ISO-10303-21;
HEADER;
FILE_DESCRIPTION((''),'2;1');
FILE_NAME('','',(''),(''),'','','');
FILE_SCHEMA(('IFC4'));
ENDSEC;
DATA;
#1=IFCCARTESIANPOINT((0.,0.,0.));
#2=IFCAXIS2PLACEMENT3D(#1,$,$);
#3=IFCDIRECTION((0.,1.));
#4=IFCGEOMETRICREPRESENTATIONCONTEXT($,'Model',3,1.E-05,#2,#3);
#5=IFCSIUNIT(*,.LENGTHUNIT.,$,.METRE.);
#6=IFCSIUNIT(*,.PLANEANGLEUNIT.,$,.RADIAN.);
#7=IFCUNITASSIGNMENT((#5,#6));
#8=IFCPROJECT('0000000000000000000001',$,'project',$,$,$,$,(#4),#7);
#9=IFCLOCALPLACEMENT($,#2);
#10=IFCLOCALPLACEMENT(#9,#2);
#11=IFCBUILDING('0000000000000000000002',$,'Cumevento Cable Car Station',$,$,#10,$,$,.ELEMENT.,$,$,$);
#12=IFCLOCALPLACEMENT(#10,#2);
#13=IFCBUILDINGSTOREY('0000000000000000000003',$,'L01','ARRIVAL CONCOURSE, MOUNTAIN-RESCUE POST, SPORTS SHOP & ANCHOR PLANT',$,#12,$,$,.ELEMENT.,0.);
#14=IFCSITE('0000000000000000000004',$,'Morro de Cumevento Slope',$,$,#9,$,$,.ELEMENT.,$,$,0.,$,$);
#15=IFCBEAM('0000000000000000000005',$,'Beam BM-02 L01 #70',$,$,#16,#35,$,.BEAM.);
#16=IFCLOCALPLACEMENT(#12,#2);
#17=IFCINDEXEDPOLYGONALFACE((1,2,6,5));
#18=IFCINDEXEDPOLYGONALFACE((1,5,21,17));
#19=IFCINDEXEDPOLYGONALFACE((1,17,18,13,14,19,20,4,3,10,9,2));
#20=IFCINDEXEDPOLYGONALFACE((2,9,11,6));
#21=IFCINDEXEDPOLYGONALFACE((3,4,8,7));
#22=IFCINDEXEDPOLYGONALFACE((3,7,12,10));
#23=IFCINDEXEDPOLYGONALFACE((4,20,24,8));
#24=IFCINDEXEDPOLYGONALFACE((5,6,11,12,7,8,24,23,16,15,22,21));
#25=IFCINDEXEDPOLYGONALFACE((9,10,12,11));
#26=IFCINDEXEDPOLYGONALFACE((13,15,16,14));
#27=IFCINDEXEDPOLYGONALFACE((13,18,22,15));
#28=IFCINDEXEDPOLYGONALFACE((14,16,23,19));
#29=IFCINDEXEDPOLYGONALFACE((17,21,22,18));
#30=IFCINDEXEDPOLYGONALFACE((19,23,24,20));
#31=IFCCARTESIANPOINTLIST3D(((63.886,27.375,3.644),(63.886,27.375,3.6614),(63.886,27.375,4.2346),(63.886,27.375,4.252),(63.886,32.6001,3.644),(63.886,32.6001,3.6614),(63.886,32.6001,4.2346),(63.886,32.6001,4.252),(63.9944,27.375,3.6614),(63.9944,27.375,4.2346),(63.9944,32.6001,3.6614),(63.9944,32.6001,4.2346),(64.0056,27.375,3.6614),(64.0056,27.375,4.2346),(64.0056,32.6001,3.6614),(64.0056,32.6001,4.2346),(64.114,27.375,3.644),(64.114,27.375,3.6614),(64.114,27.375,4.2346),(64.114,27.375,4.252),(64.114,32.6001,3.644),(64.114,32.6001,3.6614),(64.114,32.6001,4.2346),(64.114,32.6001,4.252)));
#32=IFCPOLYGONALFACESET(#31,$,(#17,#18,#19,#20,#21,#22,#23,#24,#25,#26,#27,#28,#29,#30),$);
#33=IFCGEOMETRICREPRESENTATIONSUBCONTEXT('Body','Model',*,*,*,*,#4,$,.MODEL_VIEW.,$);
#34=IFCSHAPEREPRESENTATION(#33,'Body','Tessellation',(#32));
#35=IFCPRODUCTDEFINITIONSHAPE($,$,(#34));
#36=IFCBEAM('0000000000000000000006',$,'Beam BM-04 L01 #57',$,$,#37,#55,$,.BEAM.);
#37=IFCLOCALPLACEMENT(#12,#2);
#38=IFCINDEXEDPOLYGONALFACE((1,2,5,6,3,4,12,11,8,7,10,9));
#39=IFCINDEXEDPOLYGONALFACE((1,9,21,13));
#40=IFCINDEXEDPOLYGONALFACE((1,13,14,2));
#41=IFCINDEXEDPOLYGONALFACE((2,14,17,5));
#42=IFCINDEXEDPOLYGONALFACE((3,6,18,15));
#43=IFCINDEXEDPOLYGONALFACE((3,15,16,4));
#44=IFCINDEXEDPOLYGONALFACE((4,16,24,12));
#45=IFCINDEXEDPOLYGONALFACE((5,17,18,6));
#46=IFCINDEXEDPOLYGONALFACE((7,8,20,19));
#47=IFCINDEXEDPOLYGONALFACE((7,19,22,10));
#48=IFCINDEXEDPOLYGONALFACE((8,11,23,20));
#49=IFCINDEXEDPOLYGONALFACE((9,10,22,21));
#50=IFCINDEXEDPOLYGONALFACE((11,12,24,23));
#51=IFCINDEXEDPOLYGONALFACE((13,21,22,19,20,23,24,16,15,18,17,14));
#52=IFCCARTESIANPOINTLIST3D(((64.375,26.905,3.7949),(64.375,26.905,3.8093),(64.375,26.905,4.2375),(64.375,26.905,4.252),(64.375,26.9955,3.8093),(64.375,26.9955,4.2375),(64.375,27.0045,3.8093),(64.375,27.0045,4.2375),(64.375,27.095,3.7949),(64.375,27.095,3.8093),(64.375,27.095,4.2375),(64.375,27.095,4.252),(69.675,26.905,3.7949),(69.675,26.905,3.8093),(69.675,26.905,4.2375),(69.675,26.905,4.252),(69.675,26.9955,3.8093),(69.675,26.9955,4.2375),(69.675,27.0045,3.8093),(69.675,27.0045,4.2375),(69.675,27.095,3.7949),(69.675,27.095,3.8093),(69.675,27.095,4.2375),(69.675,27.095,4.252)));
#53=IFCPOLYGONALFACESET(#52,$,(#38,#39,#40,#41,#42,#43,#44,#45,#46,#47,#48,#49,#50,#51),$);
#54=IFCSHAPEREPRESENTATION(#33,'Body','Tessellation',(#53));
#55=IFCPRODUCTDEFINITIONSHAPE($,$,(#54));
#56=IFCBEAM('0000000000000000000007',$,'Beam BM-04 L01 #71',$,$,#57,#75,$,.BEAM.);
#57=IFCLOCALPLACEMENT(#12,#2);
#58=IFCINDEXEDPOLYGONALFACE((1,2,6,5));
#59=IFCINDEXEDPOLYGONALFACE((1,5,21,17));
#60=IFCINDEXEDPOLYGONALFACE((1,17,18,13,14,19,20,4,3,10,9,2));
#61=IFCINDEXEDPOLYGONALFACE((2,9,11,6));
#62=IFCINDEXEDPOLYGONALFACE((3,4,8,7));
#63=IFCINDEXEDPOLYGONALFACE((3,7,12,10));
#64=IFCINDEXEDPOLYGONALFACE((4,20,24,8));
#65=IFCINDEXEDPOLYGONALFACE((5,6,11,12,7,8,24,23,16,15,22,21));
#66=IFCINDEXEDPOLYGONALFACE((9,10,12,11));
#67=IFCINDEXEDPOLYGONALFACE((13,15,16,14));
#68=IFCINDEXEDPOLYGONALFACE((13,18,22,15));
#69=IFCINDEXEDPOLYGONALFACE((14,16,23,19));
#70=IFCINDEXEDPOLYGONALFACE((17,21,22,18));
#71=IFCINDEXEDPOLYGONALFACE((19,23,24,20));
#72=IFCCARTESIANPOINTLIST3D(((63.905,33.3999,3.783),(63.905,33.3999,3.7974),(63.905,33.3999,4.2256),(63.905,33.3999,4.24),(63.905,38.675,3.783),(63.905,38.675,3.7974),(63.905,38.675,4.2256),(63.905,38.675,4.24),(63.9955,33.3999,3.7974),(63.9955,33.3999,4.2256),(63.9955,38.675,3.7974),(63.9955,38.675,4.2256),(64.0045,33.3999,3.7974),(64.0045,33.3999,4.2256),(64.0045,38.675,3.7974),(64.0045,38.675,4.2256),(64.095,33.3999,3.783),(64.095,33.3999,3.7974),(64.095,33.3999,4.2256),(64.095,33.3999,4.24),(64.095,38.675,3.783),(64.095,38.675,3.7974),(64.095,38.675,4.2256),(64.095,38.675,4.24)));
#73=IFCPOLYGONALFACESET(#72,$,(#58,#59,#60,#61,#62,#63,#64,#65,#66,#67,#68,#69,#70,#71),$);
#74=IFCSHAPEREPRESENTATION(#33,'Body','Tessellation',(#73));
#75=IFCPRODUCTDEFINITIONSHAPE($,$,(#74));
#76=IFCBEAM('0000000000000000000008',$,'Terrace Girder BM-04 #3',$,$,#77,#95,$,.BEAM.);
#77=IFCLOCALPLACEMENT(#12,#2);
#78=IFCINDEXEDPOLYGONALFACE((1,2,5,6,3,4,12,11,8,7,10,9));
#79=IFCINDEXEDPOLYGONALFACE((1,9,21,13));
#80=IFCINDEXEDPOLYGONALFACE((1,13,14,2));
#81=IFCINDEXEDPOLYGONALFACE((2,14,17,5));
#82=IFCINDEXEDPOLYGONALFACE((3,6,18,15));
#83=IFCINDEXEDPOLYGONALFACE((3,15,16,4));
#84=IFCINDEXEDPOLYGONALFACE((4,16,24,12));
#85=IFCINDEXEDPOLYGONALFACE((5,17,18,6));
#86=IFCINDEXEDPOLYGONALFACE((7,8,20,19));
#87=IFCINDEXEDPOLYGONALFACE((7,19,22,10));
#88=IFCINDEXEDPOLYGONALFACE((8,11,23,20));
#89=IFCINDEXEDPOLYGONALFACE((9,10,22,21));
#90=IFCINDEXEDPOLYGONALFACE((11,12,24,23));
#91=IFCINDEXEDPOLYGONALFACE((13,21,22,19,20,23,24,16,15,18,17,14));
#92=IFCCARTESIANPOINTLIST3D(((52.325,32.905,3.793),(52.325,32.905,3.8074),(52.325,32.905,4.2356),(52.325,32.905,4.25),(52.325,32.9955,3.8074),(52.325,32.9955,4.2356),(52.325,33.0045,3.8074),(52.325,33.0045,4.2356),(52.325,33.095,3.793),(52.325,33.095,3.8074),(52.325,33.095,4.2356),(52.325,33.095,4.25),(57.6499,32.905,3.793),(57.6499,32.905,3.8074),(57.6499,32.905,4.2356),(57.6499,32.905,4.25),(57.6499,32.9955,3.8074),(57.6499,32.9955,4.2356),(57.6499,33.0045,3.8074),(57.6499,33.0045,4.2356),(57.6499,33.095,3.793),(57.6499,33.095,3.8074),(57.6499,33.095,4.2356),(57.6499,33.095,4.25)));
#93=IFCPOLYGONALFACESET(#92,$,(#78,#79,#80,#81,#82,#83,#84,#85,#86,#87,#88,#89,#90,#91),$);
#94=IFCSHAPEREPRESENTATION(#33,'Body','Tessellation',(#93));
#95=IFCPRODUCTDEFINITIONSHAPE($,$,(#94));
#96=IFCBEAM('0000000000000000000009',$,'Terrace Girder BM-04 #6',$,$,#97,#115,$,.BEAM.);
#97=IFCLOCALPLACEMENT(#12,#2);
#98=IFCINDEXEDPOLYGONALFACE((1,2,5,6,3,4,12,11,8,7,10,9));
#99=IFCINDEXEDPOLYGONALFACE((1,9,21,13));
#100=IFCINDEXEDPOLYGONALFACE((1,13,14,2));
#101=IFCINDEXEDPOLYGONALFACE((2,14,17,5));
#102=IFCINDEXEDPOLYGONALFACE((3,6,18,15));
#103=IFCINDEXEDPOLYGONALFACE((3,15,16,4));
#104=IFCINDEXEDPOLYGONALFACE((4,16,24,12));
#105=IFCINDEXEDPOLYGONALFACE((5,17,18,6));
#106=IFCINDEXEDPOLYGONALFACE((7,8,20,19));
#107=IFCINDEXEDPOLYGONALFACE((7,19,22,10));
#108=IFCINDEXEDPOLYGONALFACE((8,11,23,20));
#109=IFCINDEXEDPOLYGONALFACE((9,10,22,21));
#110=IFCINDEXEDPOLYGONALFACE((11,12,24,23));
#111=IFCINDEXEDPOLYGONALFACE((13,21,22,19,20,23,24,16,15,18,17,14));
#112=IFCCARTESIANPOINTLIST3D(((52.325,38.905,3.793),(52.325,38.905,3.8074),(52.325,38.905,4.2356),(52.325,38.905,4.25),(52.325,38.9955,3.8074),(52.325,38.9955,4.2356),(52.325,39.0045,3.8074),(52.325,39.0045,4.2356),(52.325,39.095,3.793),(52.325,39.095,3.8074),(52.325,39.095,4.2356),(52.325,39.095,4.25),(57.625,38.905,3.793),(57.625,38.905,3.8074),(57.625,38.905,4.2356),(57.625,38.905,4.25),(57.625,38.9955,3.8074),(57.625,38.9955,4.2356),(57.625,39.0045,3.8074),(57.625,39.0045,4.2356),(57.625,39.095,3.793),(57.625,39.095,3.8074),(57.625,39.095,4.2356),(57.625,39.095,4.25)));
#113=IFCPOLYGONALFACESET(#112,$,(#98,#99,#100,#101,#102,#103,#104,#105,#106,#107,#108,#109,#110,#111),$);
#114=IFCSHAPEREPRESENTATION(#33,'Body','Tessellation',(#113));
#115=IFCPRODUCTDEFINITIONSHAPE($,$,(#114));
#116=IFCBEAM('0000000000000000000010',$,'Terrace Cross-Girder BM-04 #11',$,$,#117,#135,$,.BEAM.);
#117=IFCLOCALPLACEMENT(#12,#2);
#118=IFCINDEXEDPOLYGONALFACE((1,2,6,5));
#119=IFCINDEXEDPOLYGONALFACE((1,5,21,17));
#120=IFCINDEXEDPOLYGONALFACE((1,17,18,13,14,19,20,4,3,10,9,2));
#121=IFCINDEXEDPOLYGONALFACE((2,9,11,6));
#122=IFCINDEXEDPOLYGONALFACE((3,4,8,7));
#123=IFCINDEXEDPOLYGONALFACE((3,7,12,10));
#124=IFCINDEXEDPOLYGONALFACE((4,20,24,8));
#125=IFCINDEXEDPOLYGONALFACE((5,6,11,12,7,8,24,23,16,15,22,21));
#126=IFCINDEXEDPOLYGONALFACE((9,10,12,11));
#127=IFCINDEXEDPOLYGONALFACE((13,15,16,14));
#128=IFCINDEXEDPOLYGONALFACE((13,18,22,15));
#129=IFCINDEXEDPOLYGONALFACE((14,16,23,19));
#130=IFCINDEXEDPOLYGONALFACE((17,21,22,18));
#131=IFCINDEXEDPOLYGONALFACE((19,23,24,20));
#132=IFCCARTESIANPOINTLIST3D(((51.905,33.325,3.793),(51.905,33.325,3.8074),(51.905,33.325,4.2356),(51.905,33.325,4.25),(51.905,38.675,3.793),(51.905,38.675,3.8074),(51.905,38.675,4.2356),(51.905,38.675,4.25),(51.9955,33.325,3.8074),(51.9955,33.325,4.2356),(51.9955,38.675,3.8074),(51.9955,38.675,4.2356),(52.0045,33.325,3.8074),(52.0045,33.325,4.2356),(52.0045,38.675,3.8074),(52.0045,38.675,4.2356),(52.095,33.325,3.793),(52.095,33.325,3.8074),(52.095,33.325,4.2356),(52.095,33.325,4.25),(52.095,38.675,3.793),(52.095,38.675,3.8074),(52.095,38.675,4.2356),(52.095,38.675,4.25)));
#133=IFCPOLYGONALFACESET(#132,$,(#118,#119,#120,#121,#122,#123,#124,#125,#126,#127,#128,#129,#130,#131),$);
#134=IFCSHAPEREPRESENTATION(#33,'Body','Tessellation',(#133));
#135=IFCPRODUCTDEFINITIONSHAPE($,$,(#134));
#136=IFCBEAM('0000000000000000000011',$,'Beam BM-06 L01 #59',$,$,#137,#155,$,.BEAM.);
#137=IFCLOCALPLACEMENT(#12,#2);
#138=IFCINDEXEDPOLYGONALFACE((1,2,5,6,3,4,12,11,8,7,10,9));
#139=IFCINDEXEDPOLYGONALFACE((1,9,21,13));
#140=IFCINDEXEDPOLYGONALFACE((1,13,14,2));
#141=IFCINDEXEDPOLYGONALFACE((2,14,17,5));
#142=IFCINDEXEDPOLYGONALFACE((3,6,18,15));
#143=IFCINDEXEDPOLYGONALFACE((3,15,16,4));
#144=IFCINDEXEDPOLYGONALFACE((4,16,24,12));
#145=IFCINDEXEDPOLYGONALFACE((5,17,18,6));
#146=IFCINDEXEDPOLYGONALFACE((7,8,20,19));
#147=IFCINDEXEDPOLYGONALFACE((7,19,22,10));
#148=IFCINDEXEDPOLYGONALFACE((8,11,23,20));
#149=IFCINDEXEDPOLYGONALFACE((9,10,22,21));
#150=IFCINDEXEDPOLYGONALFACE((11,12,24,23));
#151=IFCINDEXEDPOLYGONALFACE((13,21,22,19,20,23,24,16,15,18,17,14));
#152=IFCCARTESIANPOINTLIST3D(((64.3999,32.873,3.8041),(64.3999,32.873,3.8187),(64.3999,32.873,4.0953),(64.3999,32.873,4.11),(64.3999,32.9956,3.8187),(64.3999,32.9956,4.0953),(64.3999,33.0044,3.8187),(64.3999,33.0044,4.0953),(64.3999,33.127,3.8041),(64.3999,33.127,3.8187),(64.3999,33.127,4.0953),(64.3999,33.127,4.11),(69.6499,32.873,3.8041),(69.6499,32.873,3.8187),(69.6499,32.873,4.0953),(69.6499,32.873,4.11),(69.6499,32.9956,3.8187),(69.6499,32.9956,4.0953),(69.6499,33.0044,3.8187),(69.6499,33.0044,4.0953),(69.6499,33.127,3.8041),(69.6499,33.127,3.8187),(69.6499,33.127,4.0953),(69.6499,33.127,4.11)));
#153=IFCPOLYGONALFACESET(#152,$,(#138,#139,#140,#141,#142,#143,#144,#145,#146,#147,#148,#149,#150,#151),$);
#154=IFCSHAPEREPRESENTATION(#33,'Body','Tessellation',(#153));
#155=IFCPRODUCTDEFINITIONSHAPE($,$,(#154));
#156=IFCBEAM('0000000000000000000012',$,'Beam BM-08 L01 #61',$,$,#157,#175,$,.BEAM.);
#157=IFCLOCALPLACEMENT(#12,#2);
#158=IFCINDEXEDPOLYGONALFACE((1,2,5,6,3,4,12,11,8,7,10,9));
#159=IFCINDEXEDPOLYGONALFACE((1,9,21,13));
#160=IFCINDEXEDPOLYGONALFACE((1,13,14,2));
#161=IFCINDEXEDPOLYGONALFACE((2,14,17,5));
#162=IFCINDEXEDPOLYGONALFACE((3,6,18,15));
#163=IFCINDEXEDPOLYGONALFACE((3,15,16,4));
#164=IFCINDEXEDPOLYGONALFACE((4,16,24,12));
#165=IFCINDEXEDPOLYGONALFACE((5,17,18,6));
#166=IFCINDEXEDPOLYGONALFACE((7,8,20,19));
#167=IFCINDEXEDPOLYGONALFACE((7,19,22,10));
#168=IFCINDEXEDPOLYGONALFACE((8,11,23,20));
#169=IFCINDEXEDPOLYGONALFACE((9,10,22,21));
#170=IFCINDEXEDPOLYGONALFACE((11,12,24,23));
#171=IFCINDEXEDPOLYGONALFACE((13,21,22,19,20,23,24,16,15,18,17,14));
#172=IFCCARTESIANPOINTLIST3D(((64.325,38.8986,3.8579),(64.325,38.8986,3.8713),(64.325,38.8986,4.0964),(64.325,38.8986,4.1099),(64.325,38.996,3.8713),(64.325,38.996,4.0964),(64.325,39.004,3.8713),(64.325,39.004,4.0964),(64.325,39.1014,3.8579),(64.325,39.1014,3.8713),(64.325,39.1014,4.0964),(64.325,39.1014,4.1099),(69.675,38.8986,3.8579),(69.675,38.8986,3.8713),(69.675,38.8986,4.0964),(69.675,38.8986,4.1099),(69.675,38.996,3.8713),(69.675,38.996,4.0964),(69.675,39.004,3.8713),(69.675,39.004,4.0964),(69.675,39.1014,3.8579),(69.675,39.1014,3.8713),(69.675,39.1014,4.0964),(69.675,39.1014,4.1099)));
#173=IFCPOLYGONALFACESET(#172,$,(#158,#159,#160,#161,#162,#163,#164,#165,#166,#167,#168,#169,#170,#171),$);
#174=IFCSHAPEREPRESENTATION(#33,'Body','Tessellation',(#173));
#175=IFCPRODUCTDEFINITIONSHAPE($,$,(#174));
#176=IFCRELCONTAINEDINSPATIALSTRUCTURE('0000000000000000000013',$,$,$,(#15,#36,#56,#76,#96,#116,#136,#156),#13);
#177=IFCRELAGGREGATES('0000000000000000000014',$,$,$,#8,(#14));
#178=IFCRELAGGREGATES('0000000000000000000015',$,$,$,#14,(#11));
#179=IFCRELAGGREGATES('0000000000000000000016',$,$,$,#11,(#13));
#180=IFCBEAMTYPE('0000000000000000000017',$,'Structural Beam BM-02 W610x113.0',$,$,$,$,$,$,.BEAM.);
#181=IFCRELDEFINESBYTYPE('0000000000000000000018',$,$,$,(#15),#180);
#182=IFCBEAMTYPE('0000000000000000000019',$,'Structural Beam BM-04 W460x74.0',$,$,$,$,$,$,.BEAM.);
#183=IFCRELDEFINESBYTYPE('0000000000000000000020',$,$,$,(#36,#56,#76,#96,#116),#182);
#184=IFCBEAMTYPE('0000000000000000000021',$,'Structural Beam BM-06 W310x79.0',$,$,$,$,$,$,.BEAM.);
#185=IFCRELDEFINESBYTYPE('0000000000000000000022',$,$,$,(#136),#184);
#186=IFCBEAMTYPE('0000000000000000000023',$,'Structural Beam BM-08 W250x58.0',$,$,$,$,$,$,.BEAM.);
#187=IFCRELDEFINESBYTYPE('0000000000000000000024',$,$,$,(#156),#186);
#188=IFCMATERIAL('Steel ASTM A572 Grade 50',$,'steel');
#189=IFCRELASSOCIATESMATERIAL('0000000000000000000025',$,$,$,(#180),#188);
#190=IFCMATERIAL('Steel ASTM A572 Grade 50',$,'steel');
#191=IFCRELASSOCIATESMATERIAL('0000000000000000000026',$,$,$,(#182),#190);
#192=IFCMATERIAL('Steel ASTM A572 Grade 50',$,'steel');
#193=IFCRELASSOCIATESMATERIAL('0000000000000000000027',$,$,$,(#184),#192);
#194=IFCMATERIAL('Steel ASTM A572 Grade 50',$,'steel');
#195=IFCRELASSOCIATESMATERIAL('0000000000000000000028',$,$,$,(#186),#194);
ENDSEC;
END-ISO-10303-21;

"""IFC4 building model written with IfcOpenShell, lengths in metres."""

from ifc_helpers import new_model, si_unit, direction, frame, origin, origin_2d, place, context, subcontext, project, spatial, i_section, extrude, material, material_profile, profile_set, type_object, element, save


model = new_model("IFC4")

# Units and contexts
model_context = context("Model", 3, precision=1e-05, world=origin(), true_north=direction((0.0, 1.0)))
body_context = subcontext(model_context, "Body", "Model", "MODEL_VIEW")
ifc_project = project(units=[si_unit("LENGTHUNIT", "METRE"), si_unit("PLANEANGLEUNIT", "RADIAN")], contexts=[model_context])

# Site, building, storey
site_placement = place(None, origin())
site = spatial("IfcSite", under=ifc_project, at=site_placement, Name="Morro de Cumevento Slope", CompositionType="ELEMENT", RefElevation=0.0)
building_placement = place(site_placement, origin())
building = spatial("IfcBuilding", under=site, at=building_placement, Name="Cumevento Cable Car Station", CompositionType="ELEMENT")
storey_placement = place(building_placement, origin())
storey = spatial("IfcBuildingStorey", under=building, at=storey_placement, Name="L01", Description="ARRIVAL CONCOURSE, MOUNTAIN-RESCUE POST, SPORTS SHOP & ANCHOR PLANT", CompositionType="ELEMENT", Elevation=0.0)

# Beams
ifc_material_1 = material(Name="Steel ASTM A572 Grade 50", Category="steel")
ifc_material_profile_1 = material_profile(ifc_material_1, i_section(OverallWidth=0.228, OverallDepth=0.6079, WebThickness=0.0112, FlangeThickness=0.0173, at=origin_2d()), Name="W610x113.0")
ifc_profile_set_1 = profile_set([ifc_material_profile_1], Name="Steel ASTM A572 Grade 50")
beam_type_1 = type_object("IfcBeamType", Name="Structural Beam BM-02 W610x113.0", PredefinedType="BEAM", material=ifc_profile_set_1)
beam_1_placement = place(storey_placement, frame((64.0, 27.375, 3.948), z_axis=(0.0, 1.0, 0.0), x_axis=(-1.0, 0.0, 0.0)))
element("IfcBeam", 1, at=beam_1_placement, inside=storey, type_object=beam_type_1, Name="Beam BM-02 L01 #70", PredefinedType="BEAM", context=body_context, shape_type="SweptSolid", body=[
    extrude(i_section(OverallWidth=0.228, OverallDepth=0.6079, WebThickness=0.0112, FlangeThickness=0.0173, at=origin_2d()), origin(), (0.0, 0.0, 1.0), 5.2251),
])
ifc_material_2 = material(Name="Steel ASTM A572 Grade 50", Category="steel")
ifc_material_profile_2 = material_profile(ifc_material_2, i_section(OverallWidth=0.1899, OverallDepth=0.457, WebThickness=0.009, FlangeThickness=0.0144, at=origin_2d()), Name="W460x74.0")
ifc_profile_set_2 = profile_set([ifc_material_profile_2], Name="Steel ASTM A572 Grade 50")
beam_type_2 = type_object("IfcBeamType", Name="Structural Beam BM-04 W460x74.0", PredefinedType="BEAM", material=ifc_profile_set_2)
beam_2_placement = place(storey_placement, frame((64.375, 27.0, 4.0234), z_axis=(1.0, 0.0, 0.0), x_axis=(0.0, 1.0, 0.0)))
element("IfcBeam", 2, at=beam_2_placement, inside=storey, type_object=beam_type_2, Name="Beam BM-04 L01 #57", PredefinedType="BEAM", context=body_context, shape_type="SweptSolid", body=[
    extrude(i_section(OverallWidth=0.1899, OverallDepth=0.457, WebThickness=0.009, FlangeThickness=0.0144, at=origin_2d()), origin(), (0.0, 0.0, 1.0), 5.3),
])
beam_3_placement = place(storey_placement, frame((64.0, 33.3999, 4.0115), z_axis=(0.0, 1.0, 0.0), x_axis=(-1.0, 0.0, 0.0)))
element("IfcBeam", 3, at=beam_3_placement, inside=storey, type_object=beam_type_2, Name="Beam BM-04 L01 #71", PredefinedType="BEAM", context=body_context, shape_type="SweptSolid", body=[
    extrude(i_section(OverallWidth=0.1899, OverallDepth=0.457, WebThickness=0.009, FlangeThickness=0.0144, at=origin_2d()), origin(), (0.0, 0.0, 1.0), 5.2751),
])
beam_4_placement = place(storey_placement, frame((52.325, 33.0, 4.0215), z_axis=(1.0, 0.0, 0.0), x_axis=(0.0, 1.0, 0.0)))
element("IfcBeam", 4, at=beam_4_placement, inside=storey, type_object=beam_type_2, Name="Terrace Girder BM-04 #3", PredefinedType="BEAM", context=body_context, shape_type="SweptSolid", body=[
    extrude(i_section(OverallWidth=0.1899, OverallDepth=0.457, WebThickness=0.009, FlangeThickness=0.0144, at=origin_2d()), origin(), (0.0, 0.0, 1.0), 5.325),
])
beam_5_placement = place(storey_placement, frame((52.325, 39.0, 4.0215), z_axis=(1.0, 0.0, 0.0), x_axis=(0.0, 1.0, 0.0)))
element("IfcBeam", 5, at=beam_5_placement, inside=storey, type_object=beam_type_2, Name="Terrace Girder BM-04 #6", PredefinedType="BEAM", context=body_context, shape_type="SweptSolid", body=[
    extrude(i_section(OverallWidth=0.1899, OverallDepth=0.457, WebThickness=0.009, FlangeThickness=0.0144, at=origin_2d()), origin(), (0.0, 0.0, 1.0), 5.3),
])
beam_6_placement = place(storey_placement, frame((52.0, 33.325, 4.0215), z_axis=(0.0, 1.0, 0.0), x_axis=(-1.0, 0.0, 0.0)))
element("IfcBeam", 6, at=beam_6_placement, inside=storey, type_object=beam_type_2, Name="Terrace Cross-Girder BM-04 #11", PredefinedType="BEAM", context=body_context, shape_type="SweptSolid", body=[
    extrude(i_section(OverallWidth=0.1899, OverallDepth=0.457, WebThickness=0.009, FlangeThickness=0.0144, at=origin_2d()), origin(), (0.0, 0.0, 1.0), 5.3501),
])
ifc_material_3 = material(Name="Steel ASTM A572 Grade 50", Category="steel")
ifc_material_profile_3 = material_profile(ifc_material_3, i_section(OverallWidth=0.2539, OverallDepth=0.3059, WebThickness=0.0088, FlangeThickness=0.0146, at=origin_2d()), Name="W310x79.0")
ifc_profile_set_3 = profile_set([ifc_material_profile_3], Name="Steel ASTM A572 Grade 50")
beam_type_3 = type_object("IfcBeamType", Name="Structural Beam BM-06 W310x79.0", PredefinedType="BEAM", material=ifc_profile_set_3)
beam_7_placement = place(storey_placement, frame((64.3999, 33.0, 3.957), z_axis=(1.0, 0.0, 0.0), x_axis=(0.0, 1.0, 0.0)))
element("IfcBeam", 7, at=beam_7_placement, inside=storey, type_object=beam_type_3, Name="Beam BM-06 L01 #59", PredefinedType="BEAM", context=body_context, shape_type="SweptSolid", body=[
    extrude(i_section(OverallWidth=0.2539, OverallDepth=0.3059, WebThickness=0.0088, FlangeThickness=0.0146, at=origin_2d()), origin(), (0.0, 0.0, 1.0), 5.25),
])
ifc_material_4 = material(Name="Steel ASTM A572 Grade 50", Category="steel")
ifc_material_profile_4 = material_profile(ifc_material_4, i_section(OverallWidth=0.2029, OverallDepth=0.252, WebThickness=0.0081, FlangeThickness=0.0134, at=origin_2d()), Name="W250x58.0")
ifc_profile_set_4 = profile_set([ifc_material_profile_4], Name="Steel ASTM A572 Grade 50")
beam_type_4 = type_object("IfcBeamType", Name="Structural Beam BM-08 W250x58.0", PredefinedType="BEAM", material=ifc_profile_set_4)
beam_8_placement = place(storey_placement, frame((64.325, 39.0, 3.9839), z_axis=(1.0, 0.0, 0.0), x_axis=(0.0, 1.0, 0.0)))
element("IfcBeam", 8, at=beam_8_placement, inside=storey, type_object=beam_type_4, Name="Beam BM-08 L01 #61", PredefinedType="BEAM", context=body_context, shape_type="SweptSolid", body=[
    extrude(i_section(OverallWidth=0.2029, OverallDepth=0.252, WebThickness=0.0081, FlangeThickness=0.0134, at=origin_2d()), origin(), (0.0, 0.0, 1.0), 5.3501),
])

save(model, "model.ifc")
